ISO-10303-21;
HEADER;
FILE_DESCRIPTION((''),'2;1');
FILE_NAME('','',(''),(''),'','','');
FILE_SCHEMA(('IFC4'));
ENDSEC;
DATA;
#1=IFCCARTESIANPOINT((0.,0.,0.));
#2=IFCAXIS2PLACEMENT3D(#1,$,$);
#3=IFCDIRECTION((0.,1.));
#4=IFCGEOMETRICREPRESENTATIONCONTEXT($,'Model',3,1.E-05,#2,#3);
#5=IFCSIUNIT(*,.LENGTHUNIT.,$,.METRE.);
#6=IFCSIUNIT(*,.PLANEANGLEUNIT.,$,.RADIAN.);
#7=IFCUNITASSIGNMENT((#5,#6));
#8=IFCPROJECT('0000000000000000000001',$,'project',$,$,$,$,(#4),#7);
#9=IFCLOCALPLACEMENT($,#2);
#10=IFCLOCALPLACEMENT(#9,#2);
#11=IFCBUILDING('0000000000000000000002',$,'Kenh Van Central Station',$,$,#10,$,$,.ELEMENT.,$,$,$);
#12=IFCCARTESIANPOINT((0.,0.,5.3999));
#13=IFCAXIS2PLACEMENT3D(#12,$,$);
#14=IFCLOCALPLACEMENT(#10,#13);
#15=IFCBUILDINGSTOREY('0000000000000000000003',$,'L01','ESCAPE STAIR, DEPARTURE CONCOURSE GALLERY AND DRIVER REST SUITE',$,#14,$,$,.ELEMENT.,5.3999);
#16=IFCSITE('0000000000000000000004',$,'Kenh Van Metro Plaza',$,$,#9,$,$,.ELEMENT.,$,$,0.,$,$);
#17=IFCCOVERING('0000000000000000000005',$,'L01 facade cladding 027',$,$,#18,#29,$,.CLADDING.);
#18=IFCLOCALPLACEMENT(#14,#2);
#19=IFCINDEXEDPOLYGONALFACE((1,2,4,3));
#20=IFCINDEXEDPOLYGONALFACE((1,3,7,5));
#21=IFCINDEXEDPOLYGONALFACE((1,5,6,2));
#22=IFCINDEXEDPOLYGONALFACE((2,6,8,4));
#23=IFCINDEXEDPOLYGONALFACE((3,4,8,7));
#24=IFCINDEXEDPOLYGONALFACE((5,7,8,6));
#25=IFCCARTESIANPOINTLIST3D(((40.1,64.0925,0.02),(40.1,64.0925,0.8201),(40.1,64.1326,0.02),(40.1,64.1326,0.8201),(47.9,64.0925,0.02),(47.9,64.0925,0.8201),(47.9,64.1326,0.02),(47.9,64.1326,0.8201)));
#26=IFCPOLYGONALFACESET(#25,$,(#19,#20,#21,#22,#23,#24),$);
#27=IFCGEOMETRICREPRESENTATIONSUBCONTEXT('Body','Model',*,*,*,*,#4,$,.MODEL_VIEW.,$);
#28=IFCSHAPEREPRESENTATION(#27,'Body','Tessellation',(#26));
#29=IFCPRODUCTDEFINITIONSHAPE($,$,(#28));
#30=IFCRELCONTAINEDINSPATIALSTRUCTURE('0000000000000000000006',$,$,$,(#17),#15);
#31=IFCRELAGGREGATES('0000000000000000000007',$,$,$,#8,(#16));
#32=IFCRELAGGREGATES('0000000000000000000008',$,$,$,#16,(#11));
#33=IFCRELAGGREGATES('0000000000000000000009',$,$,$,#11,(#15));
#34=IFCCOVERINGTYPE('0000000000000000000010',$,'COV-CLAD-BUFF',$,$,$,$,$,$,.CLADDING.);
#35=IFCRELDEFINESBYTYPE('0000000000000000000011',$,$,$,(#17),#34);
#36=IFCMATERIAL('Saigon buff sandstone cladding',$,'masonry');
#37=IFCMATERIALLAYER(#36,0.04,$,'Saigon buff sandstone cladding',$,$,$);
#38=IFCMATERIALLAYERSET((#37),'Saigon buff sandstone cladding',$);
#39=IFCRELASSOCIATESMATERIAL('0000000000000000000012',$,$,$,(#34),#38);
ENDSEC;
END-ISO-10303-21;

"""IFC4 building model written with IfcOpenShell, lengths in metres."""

from ifc_helpers import new_model, si_unit, direction, frame, origin, origin_2d, place, context, subcontext, project, spatial, rectangle, extrude, material, layer, layer_set, type_object, element, save


model = new_model("IFC4")

# Units and contexts
model_context = context("Model", 3, precision=1e-05, world=origin(), true_north=direction((0.0, 1.0)))
body_context = subcontext(model_context, "Body", "Model", "MODEL_VIEW")
ifc_project = project(units=[si_unit("LENGTHUNIT", "METRE"), si_unit("PLANEANGLEUNIT", "RADIAN")], contexts=[model_context])

# Site, building, storey
site_placement = place(None, origin())
site = spatial("IfcSite", under=ifc_project, at=site_placement, Name="Kenh Van Metro Plaza", CompositionType="ELEMENT", RefElevation=0.0)
building_placement = place(site_placement, origin())
building = spatial("IfcBuilding", under=site, at=building_placement, Name="Kenh Van Central Station", CompositionType="ELEMENT")
storey_placement = place(building_placement, frame((0.0, 0.0, 5.3999)))
storey = spatial("IfcBuildingStorey", under=building, at=storey_placement, Name="L01", Description="ESCAPE STAIR, DEPARTURE CONCOURSE GALLERY AND DRIVER REST SUITE", CompositionType="ELEMENT", Elevation=5.3999)

# Covering
ifc_material_1 = material(Name="Saigon buff sandstone cladding", Category="masonry")
ifc_layer_1 = layer(ifc_material_1, 0.04, Name="Saigon buff sandstone cladding")
ifc_layer_set_1 = layer_set([ifc_layer_1], Name="Saigon buff sandstone cladding")
covering_type_1 = type_object("IfcCoveringType", Name="COV-CLAD-BUFF", PredefinedType="CLADDING", material=ifc_layer_set_1)
covering_1_placement = place(storey_placement, frame((44.0, 64.1125, 0.02), z_axis=(0.0, 0.0, 1.0), x_axis=(-1.0, 0.0, 0.0)))
element("IfcCovering", 1, at=covering_1_placement, inside=storey, type_object=covering_type_1, Name="L01 facade cladding 027", PredefinedType="CLADDING", context=body_context, shape_type="SweptSolid", body=[
    extrude(rectangle(XDim=7.8, YDim=0.04, at=origin_2d()), origin(), (0.0, 0.0, 1.0), 0.8),
])

save(model, "model.ifc")
